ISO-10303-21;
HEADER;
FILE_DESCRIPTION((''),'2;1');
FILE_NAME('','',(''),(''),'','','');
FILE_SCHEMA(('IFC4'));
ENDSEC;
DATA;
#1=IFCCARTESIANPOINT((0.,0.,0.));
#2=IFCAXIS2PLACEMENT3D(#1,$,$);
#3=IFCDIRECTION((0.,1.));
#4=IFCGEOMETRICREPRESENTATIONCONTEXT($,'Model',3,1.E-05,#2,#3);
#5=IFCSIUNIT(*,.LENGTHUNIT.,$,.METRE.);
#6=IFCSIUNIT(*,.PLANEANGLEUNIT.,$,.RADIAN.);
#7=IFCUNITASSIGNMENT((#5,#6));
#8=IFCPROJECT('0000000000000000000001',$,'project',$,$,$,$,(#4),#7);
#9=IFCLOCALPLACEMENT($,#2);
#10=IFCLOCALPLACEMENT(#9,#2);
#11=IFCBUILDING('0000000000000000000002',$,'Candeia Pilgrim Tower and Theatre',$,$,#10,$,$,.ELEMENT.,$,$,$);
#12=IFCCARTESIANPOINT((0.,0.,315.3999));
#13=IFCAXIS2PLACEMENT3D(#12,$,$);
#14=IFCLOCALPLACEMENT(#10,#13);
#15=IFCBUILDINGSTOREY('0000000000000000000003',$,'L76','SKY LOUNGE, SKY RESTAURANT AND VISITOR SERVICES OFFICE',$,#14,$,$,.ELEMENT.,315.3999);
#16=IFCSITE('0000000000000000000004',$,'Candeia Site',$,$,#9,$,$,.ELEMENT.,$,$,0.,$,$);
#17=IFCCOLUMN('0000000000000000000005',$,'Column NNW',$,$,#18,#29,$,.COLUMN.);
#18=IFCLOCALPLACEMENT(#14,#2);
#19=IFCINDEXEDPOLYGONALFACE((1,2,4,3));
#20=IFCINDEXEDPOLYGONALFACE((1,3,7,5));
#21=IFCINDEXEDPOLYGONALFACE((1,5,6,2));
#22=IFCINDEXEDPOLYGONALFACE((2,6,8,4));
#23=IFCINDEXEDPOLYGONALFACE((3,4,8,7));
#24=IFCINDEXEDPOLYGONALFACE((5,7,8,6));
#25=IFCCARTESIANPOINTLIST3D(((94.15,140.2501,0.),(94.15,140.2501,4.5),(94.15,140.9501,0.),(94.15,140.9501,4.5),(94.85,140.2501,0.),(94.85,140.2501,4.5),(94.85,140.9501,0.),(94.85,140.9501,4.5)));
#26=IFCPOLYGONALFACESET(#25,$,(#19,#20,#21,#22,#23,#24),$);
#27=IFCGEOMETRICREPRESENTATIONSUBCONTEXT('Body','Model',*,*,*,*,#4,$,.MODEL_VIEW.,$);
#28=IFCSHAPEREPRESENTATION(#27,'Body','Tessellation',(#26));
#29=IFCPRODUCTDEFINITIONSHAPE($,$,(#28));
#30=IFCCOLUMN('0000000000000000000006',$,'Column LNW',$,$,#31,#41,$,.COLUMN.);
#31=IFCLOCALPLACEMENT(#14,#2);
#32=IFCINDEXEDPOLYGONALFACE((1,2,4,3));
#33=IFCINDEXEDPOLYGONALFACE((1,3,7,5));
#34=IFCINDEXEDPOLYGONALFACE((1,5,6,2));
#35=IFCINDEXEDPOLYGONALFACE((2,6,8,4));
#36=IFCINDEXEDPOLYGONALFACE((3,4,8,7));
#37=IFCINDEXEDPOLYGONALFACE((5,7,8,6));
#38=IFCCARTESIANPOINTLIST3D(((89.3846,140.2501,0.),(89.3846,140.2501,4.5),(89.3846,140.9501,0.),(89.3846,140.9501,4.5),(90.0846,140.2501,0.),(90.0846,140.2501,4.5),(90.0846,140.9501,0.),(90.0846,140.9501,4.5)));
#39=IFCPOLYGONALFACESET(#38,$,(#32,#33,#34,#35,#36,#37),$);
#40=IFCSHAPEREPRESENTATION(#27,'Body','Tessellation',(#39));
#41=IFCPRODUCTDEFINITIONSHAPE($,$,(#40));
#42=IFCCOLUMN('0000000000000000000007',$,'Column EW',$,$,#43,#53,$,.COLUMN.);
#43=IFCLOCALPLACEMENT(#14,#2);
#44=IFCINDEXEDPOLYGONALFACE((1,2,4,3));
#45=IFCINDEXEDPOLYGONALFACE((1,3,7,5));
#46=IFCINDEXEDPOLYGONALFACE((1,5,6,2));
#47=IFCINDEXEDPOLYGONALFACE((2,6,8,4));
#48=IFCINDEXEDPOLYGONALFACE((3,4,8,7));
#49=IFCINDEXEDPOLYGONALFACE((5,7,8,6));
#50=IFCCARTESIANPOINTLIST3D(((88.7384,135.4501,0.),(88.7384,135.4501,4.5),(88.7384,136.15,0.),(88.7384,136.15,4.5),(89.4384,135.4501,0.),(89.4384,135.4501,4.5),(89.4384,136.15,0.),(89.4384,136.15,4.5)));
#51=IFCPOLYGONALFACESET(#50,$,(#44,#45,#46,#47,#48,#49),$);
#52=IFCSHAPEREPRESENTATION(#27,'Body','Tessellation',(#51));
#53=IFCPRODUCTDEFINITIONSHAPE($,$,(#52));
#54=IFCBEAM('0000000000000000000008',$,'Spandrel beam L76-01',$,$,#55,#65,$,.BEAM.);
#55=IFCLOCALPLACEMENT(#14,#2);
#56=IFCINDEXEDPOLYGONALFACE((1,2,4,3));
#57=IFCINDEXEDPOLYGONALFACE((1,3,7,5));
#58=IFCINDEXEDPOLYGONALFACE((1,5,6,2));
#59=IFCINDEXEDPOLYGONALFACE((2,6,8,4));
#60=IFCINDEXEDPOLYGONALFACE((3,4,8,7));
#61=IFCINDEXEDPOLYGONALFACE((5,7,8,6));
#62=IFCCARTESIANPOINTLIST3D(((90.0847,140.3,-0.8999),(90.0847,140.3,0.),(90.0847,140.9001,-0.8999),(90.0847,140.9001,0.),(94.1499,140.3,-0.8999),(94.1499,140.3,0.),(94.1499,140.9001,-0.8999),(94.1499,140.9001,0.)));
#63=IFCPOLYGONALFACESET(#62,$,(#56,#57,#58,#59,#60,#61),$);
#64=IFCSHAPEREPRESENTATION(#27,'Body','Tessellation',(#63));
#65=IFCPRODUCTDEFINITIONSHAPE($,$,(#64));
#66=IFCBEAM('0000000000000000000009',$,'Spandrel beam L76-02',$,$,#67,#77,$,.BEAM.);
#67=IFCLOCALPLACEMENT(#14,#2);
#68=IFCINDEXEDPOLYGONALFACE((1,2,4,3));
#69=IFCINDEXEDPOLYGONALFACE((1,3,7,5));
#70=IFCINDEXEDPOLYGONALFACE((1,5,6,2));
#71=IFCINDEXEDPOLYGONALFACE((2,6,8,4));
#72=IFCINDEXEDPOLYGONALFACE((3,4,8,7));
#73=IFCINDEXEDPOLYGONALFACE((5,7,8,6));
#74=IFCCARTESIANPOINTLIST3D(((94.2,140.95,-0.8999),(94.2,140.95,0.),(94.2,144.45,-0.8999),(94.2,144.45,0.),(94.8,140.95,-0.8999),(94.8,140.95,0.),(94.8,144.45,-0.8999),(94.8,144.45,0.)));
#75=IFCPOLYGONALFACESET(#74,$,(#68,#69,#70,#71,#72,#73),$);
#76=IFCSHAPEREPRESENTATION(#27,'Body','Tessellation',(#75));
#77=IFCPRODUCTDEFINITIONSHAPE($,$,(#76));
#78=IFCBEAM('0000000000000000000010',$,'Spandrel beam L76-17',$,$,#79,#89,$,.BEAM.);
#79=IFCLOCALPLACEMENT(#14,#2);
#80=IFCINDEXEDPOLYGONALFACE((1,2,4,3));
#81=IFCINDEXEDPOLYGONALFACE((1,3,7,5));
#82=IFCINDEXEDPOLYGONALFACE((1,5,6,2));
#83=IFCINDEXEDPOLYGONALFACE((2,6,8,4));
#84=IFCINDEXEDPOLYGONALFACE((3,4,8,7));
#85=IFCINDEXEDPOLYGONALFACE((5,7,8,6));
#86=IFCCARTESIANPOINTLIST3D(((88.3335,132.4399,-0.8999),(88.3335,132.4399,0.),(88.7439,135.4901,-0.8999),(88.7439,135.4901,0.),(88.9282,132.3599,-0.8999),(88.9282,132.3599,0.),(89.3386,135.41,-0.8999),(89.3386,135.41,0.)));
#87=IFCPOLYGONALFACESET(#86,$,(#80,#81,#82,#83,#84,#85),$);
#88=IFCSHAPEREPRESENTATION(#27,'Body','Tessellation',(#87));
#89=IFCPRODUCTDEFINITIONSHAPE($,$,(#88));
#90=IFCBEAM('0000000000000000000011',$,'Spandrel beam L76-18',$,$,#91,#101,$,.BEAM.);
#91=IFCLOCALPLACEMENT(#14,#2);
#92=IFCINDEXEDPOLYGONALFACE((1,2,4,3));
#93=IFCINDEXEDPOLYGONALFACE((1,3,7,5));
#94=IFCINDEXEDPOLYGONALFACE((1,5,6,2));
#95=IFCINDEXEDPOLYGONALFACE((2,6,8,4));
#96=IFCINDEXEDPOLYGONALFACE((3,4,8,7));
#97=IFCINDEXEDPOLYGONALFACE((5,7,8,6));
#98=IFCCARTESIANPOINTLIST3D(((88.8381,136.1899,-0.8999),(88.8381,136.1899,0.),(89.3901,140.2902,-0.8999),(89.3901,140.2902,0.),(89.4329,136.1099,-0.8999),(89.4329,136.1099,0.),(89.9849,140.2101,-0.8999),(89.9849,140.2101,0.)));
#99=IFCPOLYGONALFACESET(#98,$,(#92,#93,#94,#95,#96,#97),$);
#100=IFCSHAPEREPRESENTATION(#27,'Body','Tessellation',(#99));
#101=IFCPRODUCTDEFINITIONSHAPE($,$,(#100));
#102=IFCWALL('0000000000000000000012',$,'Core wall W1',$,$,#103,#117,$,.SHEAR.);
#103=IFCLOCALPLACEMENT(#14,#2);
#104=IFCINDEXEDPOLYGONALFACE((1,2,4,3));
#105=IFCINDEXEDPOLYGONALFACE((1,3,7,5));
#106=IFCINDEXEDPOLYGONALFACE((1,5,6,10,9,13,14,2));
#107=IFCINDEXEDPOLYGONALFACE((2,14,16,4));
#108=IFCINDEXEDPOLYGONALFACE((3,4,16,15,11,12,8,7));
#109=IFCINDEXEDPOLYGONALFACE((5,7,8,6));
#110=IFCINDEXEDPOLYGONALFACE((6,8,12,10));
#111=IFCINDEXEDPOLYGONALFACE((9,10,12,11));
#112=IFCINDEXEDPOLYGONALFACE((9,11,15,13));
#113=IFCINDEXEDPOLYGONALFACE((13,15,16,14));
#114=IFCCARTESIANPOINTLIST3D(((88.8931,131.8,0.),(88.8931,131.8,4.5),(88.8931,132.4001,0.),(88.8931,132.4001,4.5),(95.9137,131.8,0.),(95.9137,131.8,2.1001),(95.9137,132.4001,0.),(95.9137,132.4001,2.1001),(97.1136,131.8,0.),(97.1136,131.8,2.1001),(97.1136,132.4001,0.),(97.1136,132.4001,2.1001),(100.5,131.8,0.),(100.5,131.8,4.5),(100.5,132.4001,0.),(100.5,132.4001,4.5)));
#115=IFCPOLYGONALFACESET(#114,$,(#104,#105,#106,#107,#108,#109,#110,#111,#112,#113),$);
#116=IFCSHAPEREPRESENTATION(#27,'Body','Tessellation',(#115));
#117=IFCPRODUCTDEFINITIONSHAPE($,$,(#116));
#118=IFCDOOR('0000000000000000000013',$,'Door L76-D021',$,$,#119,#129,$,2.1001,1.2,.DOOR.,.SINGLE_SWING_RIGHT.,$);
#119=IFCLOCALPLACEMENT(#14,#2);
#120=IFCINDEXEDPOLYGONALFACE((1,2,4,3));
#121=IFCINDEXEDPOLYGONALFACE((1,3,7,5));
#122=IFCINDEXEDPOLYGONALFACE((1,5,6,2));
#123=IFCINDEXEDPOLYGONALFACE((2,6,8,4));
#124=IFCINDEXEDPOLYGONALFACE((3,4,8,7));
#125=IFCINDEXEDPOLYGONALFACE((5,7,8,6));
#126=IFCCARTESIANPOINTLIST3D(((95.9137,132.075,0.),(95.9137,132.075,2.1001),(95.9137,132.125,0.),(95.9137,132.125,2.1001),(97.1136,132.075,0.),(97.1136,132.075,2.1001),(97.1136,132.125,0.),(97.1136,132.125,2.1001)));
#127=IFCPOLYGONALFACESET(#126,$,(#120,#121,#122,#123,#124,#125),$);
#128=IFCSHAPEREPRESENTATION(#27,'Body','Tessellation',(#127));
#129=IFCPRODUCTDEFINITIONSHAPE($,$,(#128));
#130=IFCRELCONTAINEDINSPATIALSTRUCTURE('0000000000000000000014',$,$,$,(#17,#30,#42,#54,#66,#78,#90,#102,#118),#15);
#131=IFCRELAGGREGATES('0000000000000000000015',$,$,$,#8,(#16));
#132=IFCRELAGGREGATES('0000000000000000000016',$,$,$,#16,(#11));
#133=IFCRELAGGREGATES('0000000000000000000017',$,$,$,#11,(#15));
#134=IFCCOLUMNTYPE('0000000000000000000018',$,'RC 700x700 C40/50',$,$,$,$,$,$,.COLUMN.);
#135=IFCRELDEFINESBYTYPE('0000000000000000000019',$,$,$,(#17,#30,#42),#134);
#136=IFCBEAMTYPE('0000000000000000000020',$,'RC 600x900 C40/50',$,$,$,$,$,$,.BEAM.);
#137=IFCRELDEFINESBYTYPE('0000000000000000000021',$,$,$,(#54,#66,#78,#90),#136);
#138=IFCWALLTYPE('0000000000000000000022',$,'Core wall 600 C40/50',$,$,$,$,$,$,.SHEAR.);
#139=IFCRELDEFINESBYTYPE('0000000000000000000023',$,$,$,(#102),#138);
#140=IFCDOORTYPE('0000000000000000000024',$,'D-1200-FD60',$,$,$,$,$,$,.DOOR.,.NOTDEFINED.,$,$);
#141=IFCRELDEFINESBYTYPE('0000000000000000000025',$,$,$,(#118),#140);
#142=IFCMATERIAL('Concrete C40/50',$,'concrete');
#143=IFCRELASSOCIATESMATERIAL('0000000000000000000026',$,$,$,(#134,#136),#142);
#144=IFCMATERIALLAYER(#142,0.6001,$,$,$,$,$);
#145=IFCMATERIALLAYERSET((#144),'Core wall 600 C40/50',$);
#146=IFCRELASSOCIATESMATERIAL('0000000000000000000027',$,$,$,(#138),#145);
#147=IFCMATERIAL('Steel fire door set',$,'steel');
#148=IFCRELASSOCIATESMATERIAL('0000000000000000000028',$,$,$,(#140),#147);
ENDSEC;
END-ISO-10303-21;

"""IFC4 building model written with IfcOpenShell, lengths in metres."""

from ifc_helpers import new_model, si_unit, direction, frame, frame_2d, origin, origin_2d, place, context, subcontext, project, spatial, rectangle, extrude, material, layer, layer_set, material_profile, profile_set, type_object, element, fill, save


model = new_model("IFC4")

# Units and contexts
model_context = context("Model", 3, precision=1e-05, world=origin(), true_north=direction((0.0, 1.0)))
body_context = subcontext(model_context, "Body", "Model", "MODEL_VIEW")
ifc_project = project(units=[si_unit("LENGTHUNIT", "METRE"), si_unit("PLANEANGLEUNIT", "RADIAN")], contexts=[model_context])

# Site, building, storey
site_placement = place(None, origin())
site = spatial("IfcSite", under=ifc_project, at=site_placement, Name="Candeia Site", CompositionType="ELEMENT", RefElevation=0.0)
building_placement = place(site_placement, origin())
building = spatial("IfcBuilding", under=site, at=building_placement, Name="Candeia Pilgrim Tower and Theatre", CompositionType="ELEMENT")
storey_placement = place(building_placement, frame((0.0, 0.0, 315.3999)))
storey = spatial("IfcBuildingStorey", under=building, at=storey_placement, Name="L76", Description="SKY LOUNGE, SKY RESTAURANT AND VISITOR SERVICES OFFICE", CompositionType="ELEMENT", Elevation=315.3999)

# Columns
ifc_material_1 = material(Name="Concrete C40/50", Category="concrete")
ifc_material_profile_1 = material_profile(ifc_material_1, rectangle(XDim=0.7, YDim=0.7, at=origin_2d()))
ifc_profile_set_1 = profile_set([ifc_material_profile_1], Name="Concrete C40/50")
column_type = type_object("IfcColumnType", Name="RC 700x700 C40/50", PredefinedType="COLUMN", material=ifc_profile_set_1)
for number, where, z_axis, x_axis, name in (
    (1, (94.5, 140.6001, 0.0), (0.0, 0.0, 1.0), (1.0, 0.0, 0.0), "Column NNW"),
    (2, (89.7346, 140.6001, 0.0), (0.0, 0.0, 1.0), (1.0, 0.0, 0.0), "Column LNW"),
    (3, (89.0884, 135.8, 0.0), (0.0, 0.0, 1.0), (1.0, 0.0, 0.0), "Column EW"),
):
    element("IfcColumn", number, at=place(storey_placement, frame(where, z_axis=z_axis, x_axis=x_axis)), inside=storey, type_object=column_type, Name=name, PredefinedType="COLUMN", context=body_context, shape_type="SweptSolid", body=[
        extrude(rectangle(XDim=0.7, YDim=0.7, at=origin_2d()), origin(), (0.0, 0.0, 1.0), 4.5),
    ])

# Beams
ifc_material_profile_2 = material_profile(ifc_material_1, rectangle(XDim=0.6001, YDim=0.8999, at=origin_2d()))
ifc_profile_set_2 = profile_set([ifc_material_profile_2], Name="Concrete C40/50")
beam_type = type_object("IfcBeamType", Name="RC 600x900 C40/50", PredefinedType="BEAM", material=ifc_profile_set_2)
beam_1_placement = place(storey_placement, frame((90.0847, 140.6001, -0.45), z_axis=(1.0, 0.0, 0.0), x_axis=(0.0, 1.0, 0.0)))
element("IfcBeam", 4, at=beam_1_placement, inside=storey, type_object=beam_type, Name="Spandrel beam L76-01", PredefinedType="BEAM", context=body_context, shape_type="SweptSolid", body=[
    extrude(rectangle(XDim=0.6001, YDim=0.8999, at=origin_2d()), origin(), (0.0, 0.0, 1.0), 4.0652),
])
beam_2_placement = place(storey_placement, frame((94.5, 140.95, -0.45), z_axis=(0.0, 1.0, 0.0), x_axis=(-1.0, 0.0, 0.0)))
element("IfcBeam", 5, at=beam_2_placement, inside=storey, type_object=beam_type, Name="Spandrel beam L76-02", PredefinedType="BEAM", context=body_context, shape_type="SweptSolid", body=[
    extrude(rectangle(XDim=0.6001, YDim=0.8999, at=origin_2d()), origin(), (0.0, 0.0, 1.0), 3.5),
])
beam_3_placement = place(storey_placement, frame((88.6309, 132.3999, -0.45), z_axis=(0.133354, 0.991069, 0.0), x_axis=(-0.991069, 0.133354, 0.0)))
element("IfcBeam", 6, at=beam_3_placement, inside=storey, type_object=beam_type, Name="Spandrel beam L76-17", PredefinedType="BEAM", context=body_context, shape_type="SweptSolid", body=[
    extrude(rectangle(XDim=0.6001, YDim=0.8999, at=origin_2d()), origin(), (0.0, 0.0, 1.0), 3.0776),
])
beam_4_placement = place(storey_placement, frame((89.1355, 136.1499, -0.45), z_axis=(0.133428, 0.991059, 0.0), x_axis=(-0.991059, 0.133428, 0.0)))
element("IfcBeam", 7, at=beam_4_placement, inside=storey, type_object=beam_type, Name="Spandrel beam L76-18", PredefinedType="BEAM", context=body_context, shape_type="SweptSolid", body=[
    extrude(rectangle(XDim=0.6001, YDim=0.8999, at=origin_2d()), origin(), (0.0, 0.0, 1.0), 4.1372),
])

# Wall, opening, door
ifc_layer_1 = layer(ifc_material_1, 0.6001)
ifc_layer_set_1 = layer_set([ifc_layer_1], Name="Core wall 600 C40/50")
wall_type_1 = type_object("IfcWallType", Name="Core wall 600 C40/50", PredefinedType="SHEAR", material=ifc_layer_set_1)
wall_1_placement = place(storey_placement, frame((88.8931, 132.1001, 0.0), z_axis=(0.0, 0.0, 1.0), x_axis=(1.0, 0.0, 0.0)))
wall_1 = element("IfcWall", 8, at=wall_1_placement, inside=storey, type_object=wall_type_1, Name="Core wall W1", PredefinedType="SHEAR", context=body_context, shape_type="SweptSolid", body=[
    extrude(rectangle(XDim=11.6069, YDim=0.6001, at=frame_2d((5.8035, 0.0))), origin(), (0.0, 0.0, 1.0), 4.5),
])
opening_1_placement = place(wall_1_placement, frame((7.0205, 0.0, 0.0)))
opening_1 = element("IfcOpeningElement", 9, at=opening_1_placement, cuts=wall_1, PredefinedType="OPENING", context=body_context, shape_type="SweptSolid", body=[
    extrude(rectangle(XDim=1.2, YDim=2.1001, at=frame_2d((0.6001, 1.05))), frame((0.0, 0.3101, 0.0), z_axis=(0.0, -1.0, 0.0), x_axis=(1.0, 0.0, 0.0)), (0.0, 0.0, 1.0), 0.6201),
])
ifc_material_2 = material(Name="Steel fire door set", Category="steel")
door_type_1 = type_object("IfcDoorType", Name="D-1200-FD60", OperationType="NOTDEFINED", PredefinedType="DOOR", material=ifc_material_2)
door_1_placement = place(opening_1_placement, origin())
door_1 = element("IfcDoor", 10, at=door_1_placement, inside=storey, type_object=door_type_1, Name="Door L76-D021", OperationType="SINGLE_SWING_RIGHT", OverallHeight=2.1001, OverallWidth=1.2, PredefinedType="DOOR", context=body_context, shape_type="SweptSolid", body=[
    extrude(rectangle(XDim=1.2, YDim=2.1001, at=frame_2d((0.6001, 1.05))), frame((0.0, 0.0249, 0.0), z_axis=(0.0, -1.0, 0.0), x_axis=(1.0, 0.0, 0.0)), (0.0, 0.0, 1.0), 0.05),
])
fill(opening_1, door_1)

save(model, "model.ifc")
